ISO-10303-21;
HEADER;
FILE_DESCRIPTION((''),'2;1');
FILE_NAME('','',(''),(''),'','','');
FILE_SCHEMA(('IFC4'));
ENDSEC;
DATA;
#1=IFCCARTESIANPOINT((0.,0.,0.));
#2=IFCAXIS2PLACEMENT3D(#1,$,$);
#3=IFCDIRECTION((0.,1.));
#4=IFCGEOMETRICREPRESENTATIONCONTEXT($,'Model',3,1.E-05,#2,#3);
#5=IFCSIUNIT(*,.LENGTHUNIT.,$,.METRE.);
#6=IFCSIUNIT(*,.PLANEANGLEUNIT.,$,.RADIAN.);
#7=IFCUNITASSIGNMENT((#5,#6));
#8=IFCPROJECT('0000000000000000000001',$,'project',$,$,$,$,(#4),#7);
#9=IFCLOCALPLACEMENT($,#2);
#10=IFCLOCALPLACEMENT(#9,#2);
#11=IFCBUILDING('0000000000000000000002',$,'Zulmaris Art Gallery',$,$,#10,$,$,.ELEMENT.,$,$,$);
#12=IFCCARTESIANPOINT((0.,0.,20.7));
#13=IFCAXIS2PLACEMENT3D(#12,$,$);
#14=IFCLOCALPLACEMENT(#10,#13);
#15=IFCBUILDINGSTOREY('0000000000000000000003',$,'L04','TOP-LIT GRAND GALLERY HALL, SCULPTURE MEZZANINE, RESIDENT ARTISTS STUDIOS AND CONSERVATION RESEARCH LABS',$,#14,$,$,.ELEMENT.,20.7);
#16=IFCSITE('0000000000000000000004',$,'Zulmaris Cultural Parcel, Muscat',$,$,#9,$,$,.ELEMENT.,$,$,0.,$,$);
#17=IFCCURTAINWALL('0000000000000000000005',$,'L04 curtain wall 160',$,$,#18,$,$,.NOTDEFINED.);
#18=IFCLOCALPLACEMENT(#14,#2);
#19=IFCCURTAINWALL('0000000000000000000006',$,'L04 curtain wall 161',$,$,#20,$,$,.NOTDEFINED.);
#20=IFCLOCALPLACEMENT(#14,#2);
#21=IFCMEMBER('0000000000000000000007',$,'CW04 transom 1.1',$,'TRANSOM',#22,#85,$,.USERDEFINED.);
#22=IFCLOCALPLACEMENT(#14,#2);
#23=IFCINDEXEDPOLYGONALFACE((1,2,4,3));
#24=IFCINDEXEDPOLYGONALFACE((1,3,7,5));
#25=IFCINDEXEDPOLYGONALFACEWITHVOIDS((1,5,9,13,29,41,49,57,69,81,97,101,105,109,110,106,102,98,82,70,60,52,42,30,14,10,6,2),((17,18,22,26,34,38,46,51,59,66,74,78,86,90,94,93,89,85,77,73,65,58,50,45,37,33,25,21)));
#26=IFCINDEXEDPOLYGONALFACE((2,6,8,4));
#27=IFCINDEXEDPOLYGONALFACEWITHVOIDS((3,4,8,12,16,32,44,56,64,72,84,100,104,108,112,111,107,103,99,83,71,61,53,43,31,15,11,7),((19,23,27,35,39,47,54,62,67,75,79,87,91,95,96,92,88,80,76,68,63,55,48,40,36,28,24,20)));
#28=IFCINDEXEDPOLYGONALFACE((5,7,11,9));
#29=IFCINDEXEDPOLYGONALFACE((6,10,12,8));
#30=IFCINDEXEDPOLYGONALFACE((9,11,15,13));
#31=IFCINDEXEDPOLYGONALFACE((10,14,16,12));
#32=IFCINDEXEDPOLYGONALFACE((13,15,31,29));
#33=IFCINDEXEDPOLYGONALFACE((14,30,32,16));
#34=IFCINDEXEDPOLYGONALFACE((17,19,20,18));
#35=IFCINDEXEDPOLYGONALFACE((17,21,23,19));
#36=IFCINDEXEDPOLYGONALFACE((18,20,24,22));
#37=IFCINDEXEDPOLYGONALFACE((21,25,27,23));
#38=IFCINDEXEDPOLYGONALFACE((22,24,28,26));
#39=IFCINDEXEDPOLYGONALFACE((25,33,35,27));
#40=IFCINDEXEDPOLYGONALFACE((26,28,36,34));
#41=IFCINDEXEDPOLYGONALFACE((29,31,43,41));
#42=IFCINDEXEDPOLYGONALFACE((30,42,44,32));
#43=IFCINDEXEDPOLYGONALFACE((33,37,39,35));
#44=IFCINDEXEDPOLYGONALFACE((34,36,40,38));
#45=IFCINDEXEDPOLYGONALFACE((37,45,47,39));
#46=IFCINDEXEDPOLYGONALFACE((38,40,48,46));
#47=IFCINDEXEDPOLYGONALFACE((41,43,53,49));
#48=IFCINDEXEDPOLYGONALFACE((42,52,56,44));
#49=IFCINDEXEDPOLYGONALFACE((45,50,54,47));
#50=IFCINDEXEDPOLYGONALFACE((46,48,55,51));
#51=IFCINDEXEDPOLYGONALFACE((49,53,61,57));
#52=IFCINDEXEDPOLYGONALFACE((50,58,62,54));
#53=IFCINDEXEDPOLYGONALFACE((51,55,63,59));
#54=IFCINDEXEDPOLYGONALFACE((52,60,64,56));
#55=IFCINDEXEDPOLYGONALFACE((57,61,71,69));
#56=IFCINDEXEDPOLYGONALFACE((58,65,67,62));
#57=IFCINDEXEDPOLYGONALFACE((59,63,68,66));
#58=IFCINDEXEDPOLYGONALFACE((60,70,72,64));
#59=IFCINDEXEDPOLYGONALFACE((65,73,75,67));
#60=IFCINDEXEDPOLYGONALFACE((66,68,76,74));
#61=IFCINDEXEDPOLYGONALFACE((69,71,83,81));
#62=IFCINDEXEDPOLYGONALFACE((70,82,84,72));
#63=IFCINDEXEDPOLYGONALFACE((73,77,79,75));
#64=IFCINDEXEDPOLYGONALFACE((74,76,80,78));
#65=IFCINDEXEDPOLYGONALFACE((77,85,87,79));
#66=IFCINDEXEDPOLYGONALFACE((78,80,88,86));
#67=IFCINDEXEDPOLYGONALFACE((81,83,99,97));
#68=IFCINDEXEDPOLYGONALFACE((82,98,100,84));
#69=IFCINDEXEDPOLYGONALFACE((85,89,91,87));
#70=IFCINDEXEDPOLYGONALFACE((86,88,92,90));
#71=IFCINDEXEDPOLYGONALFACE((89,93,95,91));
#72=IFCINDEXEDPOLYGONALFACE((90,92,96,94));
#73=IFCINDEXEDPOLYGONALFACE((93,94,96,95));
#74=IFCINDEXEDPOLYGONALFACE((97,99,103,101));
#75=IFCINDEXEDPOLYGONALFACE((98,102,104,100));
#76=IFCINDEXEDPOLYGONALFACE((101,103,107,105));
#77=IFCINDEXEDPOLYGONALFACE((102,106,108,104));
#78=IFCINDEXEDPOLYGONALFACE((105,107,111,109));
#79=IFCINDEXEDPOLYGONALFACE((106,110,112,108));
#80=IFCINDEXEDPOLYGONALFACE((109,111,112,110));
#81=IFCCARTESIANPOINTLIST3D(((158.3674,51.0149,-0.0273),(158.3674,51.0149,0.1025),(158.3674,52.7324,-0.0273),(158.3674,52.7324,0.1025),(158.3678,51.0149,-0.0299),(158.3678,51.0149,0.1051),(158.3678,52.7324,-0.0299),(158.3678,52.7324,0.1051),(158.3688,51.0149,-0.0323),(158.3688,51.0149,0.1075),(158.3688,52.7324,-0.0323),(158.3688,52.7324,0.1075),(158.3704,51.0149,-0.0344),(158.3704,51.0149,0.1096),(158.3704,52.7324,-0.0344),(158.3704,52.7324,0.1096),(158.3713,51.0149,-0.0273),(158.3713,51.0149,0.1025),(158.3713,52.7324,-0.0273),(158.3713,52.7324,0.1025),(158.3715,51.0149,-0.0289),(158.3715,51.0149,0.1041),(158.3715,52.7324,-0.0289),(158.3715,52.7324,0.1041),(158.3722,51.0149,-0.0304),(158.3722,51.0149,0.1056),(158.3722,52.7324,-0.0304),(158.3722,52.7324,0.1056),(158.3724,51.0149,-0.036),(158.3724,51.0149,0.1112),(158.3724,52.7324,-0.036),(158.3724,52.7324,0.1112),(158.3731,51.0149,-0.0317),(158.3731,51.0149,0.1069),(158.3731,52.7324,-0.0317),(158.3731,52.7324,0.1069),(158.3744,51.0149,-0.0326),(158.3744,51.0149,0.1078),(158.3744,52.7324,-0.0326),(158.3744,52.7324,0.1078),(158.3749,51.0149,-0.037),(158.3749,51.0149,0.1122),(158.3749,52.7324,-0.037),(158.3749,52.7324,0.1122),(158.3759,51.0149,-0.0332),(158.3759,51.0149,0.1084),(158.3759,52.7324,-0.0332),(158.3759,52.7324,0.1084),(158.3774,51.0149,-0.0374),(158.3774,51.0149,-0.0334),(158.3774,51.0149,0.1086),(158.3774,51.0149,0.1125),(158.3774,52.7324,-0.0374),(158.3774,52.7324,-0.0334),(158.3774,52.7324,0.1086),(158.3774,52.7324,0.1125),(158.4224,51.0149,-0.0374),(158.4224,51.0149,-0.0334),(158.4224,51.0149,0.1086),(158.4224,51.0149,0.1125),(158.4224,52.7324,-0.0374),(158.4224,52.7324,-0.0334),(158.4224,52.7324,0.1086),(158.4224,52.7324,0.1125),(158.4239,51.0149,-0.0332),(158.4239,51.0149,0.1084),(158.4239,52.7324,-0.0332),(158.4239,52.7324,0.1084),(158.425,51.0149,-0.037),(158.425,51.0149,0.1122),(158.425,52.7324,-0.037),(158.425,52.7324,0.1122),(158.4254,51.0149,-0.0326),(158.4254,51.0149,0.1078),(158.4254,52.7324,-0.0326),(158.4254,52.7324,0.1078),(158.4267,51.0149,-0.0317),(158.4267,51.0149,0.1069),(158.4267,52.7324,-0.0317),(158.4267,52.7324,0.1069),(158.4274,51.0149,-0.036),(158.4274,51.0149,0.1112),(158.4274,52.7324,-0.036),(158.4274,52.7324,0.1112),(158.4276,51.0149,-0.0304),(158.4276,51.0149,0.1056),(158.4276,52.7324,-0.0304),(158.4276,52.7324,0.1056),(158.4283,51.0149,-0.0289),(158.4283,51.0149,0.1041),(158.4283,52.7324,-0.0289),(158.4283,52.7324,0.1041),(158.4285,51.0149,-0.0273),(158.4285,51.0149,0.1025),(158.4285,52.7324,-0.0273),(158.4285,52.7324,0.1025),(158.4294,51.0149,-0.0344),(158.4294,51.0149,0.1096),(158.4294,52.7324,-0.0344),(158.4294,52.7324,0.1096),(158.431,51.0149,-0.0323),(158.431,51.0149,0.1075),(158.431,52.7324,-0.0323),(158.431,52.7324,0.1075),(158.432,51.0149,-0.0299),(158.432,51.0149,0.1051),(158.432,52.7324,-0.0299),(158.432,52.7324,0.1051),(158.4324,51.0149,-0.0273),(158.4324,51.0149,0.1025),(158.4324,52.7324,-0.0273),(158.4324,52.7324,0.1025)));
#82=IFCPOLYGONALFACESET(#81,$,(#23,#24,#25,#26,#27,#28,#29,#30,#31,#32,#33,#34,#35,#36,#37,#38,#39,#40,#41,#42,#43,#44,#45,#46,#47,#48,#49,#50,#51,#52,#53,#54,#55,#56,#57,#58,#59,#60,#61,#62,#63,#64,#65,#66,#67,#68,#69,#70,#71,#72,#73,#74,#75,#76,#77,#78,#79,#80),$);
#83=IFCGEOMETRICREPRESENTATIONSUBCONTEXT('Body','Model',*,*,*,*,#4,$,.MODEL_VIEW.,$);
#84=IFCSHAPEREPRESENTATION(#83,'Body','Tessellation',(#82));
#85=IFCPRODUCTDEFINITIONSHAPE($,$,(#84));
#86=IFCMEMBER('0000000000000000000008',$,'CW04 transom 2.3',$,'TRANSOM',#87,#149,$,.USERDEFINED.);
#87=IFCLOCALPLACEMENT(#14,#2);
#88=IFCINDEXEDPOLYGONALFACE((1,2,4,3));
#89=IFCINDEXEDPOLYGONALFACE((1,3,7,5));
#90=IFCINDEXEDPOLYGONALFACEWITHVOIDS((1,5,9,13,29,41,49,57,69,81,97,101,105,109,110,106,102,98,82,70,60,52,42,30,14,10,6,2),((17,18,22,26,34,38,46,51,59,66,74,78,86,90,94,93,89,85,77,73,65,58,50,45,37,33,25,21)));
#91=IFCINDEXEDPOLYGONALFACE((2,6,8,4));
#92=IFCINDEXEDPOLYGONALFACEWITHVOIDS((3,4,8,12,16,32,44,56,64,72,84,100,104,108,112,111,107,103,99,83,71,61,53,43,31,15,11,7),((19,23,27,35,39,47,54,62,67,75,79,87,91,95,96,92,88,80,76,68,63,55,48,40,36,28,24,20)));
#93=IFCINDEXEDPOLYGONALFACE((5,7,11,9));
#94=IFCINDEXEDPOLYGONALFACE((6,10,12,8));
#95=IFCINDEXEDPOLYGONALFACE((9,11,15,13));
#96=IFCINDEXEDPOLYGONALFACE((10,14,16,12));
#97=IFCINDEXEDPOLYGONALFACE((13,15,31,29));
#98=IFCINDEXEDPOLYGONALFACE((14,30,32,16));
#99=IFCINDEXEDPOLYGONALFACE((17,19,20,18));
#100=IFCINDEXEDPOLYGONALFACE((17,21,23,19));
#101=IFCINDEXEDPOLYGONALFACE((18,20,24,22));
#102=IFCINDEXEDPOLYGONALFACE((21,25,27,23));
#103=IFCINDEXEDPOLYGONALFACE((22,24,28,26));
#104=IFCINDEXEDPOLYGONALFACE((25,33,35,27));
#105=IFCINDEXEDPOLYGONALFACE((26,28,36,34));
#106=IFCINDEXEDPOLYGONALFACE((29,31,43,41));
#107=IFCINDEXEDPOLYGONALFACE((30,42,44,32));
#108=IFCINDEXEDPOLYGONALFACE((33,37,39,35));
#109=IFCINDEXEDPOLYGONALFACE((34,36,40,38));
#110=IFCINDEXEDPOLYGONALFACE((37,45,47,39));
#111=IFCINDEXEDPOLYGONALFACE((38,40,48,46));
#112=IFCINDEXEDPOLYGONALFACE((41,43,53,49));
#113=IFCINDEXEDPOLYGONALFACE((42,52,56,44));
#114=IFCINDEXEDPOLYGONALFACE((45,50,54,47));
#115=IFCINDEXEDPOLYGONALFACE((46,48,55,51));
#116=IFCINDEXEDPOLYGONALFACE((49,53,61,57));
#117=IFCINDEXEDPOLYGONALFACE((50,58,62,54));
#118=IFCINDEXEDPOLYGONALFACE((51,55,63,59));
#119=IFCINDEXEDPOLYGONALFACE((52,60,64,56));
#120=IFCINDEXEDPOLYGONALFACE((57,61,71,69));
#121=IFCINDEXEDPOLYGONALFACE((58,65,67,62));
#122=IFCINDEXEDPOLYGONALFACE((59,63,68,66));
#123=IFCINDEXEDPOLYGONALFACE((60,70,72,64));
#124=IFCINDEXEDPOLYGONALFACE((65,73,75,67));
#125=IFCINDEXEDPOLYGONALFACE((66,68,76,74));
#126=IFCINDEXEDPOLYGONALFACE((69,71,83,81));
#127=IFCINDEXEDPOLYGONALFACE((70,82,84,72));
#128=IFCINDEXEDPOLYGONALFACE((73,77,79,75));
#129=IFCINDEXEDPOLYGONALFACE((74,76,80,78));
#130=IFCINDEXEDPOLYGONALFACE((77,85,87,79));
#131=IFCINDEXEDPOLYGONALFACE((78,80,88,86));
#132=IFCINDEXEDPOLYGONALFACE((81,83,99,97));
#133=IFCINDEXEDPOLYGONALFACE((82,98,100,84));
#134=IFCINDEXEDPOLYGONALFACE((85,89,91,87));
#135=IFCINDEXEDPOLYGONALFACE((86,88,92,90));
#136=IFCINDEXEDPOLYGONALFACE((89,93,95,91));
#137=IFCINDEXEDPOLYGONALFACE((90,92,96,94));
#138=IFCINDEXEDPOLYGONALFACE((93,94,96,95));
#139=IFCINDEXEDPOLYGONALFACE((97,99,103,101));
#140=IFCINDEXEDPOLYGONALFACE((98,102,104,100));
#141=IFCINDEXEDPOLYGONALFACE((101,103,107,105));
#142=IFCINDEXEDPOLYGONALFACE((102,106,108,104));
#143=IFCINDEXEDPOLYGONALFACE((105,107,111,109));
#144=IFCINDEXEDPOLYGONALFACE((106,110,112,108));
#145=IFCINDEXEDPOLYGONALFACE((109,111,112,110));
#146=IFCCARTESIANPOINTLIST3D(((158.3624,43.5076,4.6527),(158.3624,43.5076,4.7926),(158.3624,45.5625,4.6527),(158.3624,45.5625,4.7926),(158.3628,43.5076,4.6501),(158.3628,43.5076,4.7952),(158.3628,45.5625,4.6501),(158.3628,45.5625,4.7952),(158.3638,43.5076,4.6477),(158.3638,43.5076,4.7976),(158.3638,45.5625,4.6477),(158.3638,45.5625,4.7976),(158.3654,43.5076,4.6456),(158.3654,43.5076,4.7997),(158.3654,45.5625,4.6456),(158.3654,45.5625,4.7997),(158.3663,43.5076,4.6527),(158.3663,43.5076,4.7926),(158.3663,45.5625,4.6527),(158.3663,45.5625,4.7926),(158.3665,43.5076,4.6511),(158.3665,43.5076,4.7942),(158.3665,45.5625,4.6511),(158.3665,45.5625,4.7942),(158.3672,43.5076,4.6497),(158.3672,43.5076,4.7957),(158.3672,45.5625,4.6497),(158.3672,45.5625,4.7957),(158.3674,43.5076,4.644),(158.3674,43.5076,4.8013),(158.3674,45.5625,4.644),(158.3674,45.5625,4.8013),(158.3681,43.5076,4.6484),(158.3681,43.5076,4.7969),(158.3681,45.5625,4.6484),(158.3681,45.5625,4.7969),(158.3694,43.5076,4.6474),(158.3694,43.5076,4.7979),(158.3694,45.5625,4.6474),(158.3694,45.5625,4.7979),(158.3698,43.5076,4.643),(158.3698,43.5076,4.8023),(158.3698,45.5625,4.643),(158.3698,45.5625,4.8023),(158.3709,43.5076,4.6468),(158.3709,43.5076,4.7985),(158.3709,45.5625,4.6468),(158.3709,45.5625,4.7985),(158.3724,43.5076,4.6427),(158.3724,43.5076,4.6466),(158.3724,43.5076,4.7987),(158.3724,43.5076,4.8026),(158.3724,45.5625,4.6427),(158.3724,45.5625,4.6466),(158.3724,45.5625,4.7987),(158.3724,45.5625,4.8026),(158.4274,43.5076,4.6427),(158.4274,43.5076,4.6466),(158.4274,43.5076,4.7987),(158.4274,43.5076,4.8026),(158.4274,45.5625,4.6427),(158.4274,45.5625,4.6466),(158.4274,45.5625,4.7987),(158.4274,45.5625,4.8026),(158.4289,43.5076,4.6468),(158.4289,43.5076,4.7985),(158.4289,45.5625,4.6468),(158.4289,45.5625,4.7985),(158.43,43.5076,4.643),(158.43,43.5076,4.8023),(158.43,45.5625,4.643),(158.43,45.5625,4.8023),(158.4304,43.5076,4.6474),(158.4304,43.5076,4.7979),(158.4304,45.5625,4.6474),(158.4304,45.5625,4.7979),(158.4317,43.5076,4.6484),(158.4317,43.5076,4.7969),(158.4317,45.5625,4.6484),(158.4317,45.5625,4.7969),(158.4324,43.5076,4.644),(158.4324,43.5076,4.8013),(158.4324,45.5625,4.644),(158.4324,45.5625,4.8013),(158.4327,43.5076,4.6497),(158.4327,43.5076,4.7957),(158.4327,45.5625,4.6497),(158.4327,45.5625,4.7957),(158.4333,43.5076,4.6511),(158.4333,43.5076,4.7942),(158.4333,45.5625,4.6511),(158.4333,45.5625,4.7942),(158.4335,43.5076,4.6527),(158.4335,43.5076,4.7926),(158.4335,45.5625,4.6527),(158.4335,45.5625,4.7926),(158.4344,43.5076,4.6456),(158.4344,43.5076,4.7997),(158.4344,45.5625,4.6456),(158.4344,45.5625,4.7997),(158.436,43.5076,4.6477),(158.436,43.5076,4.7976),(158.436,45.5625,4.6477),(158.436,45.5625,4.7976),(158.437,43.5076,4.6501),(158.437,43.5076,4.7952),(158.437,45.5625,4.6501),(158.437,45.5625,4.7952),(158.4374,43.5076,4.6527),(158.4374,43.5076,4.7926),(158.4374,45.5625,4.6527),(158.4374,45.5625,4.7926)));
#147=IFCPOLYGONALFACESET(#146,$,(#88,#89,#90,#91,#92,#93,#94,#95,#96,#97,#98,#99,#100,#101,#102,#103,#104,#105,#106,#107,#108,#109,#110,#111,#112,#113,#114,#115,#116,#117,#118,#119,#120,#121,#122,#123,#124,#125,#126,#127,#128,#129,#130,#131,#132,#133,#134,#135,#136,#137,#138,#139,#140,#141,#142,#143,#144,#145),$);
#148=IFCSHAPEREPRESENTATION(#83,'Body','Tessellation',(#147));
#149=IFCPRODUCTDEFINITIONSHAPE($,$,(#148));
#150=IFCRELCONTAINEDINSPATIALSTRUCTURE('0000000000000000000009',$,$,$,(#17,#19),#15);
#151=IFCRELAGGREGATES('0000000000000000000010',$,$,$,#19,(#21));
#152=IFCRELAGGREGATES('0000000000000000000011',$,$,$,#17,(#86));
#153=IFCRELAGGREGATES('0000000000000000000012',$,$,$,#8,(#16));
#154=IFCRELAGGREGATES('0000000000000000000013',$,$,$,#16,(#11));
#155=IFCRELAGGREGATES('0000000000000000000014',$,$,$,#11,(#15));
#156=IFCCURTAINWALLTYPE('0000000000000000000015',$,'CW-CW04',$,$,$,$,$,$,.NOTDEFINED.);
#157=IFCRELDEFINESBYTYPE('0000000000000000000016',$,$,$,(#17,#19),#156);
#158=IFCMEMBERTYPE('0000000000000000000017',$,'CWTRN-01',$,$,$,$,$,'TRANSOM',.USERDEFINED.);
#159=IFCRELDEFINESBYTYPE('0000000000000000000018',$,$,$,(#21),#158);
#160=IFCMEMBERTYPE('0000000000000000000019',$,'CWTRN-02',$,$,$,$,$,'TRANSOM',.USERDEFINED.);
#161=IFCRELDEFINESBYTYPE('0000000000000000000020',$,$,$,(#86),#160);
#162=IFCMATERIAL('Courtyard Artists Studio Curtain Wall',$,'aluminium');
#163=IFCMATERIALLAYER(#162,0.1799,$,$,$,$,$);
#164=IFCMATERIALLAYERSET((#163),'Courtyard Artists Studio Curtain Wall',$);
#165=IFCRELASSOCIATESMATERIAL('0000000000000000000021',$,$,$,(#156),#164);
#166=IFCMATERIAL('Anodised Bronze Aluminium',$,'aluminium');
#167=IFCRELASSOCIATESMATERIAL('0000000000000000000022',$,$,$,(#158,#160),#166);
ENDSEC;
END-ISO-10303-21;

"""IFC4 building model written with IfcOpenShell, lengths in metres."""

from ifc_helpers import new_model, si_unit, direction, frame, origin, origin_2d, place, context, subcontext, project, spatial, hollow_rectangle, extrude, material, layer, layer_set, material_profile, profile_set, type_object, element, aggregate, save


model = new_model("IFC4")

# Units and contexts
model_context = context("Model", 3, precision=1e-05, world=origin(), true_north=direction((0.0, 1.0)))
body_context = subcontext(model_context, "Body", "Model", "MODEL_VIEW")
ifc_project = project(units=[si_unit("LENGTHUNIT", "METRE"), si_unit("PLANEANGLEUNIT", "RADIAN")], contexts=[model_context])

# Site, building, storey
site_placement = place(None, origin())
site = spatial("IfcSite", under=ifc_project, at=site_placement, Name="Zulmaris Cultural Parcel, Muscat", CompositionType="ELEMENT", RefElevation=0.0)
building_placement = place(site_placement, origin())
building = spatial("IfcBuilding", under=site, at=building_placement, Name="Zulmaris Art Gallery", CompositionType="ELEMENT")
storey_placement = place(building_placement, frame((0.0, 0.0, 20.7)))
storey = spatial("IfcBuildingStorey", under=building, at=storey_placement, Name="L04", Description="TOP-LIT GRAND GALLERY HALL, SCULPTURE MEZZANINE, RESIDENT ARTISTS STUDIOS AND CONSERVATION RESEARCH LABS", CompositionType="ELEMENT", Elevation=20.7)

# Curtain walls, member
ifc_material_1 = material(Name="Courtyard Artists Studio Curtain Wall", Category="aluminium")
ifc_layer_1 = layer(ifc_material_1, 0.1799)
ifc_layer_set_1 = layer_set([ifc_layer_1], Name="Courtyard Artists Studio Curtain Wall")
curtain_wall_type = type_object("IfcCurtainWallType", Name="CW-CW04", PredefinedType="NOTDEFINED", material=ifc_layer_set_1)
curtain_wall_1_placement = place(storey_placement, origin())
curtain_wall_1 = element("IfcCurtainWall", 1, at=curtain_wall_1_placement, inside=storey, type_object=curtain_wall_type, Name="L04 curtain wall 160", PredefinedType="NOTDEFINED")
ifc_material_2 = material(Name="Anodised Bronze Aluminium", Category="aluminium")
curtain_wall_2_placement = place(storey_placement, origin())
curtain_wall_2 = element("IfcCurtainWall", 2, at=curtain_wall_2_placement, inside=storey, type_object=curtain_wall_type, Name="L04 curtain wall 161", PredefinedType="NOTDEFINED")
ifc_material_profile_1 = material_profile(ifc_material_2, hollow_rectangle(XDim=0.0649, YDim=0.1499, WallThickness=0.0039, InnerFilletRadius=0.0061, OuterFilletRadius=0.01, at=origin_2d()), Name="ALU 65x150x4")
ifc_profile_set_1 = profile_set([ifc_material_profile_1], Name="Anodised Bronze Aluminium")
member_type_1 = type_object("IfcMemberType", Name="CWTRN-01", ElementType="TRANSOM", PredefinedType="USERDEFINED", material=ifc_profile_set_1)
member_1_placement = place(storey_placement, frame((158.3999, 51.0149, 0.0376), z_axis=(0.0, 1.0, 0.0), x_axis=(-1.0, 0.0, 0.0)))
member_1 = element("IfcMember", 3, at=member_1_placement, type_object=member_type_1, Name="CW04 transom 1.1", ObjectType="TRANSOM", PredefinedType="USERDEFINED", context=body_context, shape_type="SweptSolid", body=[
    extrude(hollow_rectangle(XDim=0.0649, YDim=0.1499, WallThickness=0.0039, InnerFilletRadius=0.0061, OuterFilletRadius=0.01, at=origin_2d()), origin(), (0.0, 0.0, 1.0), 1.7175),
])
aggregate(curtain_wall_2, [member_1])

# Member
ifc_material_profile_2 = material_profile(ifc_material_2, hollow_rectangle(XDim=0.075, YDim=0.1599, WallThickness=0.0039, InnerFilletRadius=0.0061, OuterFilletRadius=0.01, at=origin_2d()), Name="ALU 75x160x4")
ifc_profile_set_2 = profile_set([ifc_material_profile_2], Name="Anodised Bronze Aluminium")
member_type_2 = type_object("IfcMemberType", Name="CWTRN-02", ElementType="TRANSOM", PredefinedType="USERDEFINED", material=ifc_profile_set_2)
member_2_placement = place(storey_placement, frame((158.3999, 43.5076, 4.7227), z_axis=(0.0, 1.0, 0.0), x_axis=(-1.0, 0.0, 0.0)))
member_2 = element("IfcMember", 4, at=member_2_placement, type_object=member_type_2, Name="CW04 transom 2.3", ObjectType="TRANSOM", PredefinedType="USERDEFINED", context=body_context, shape_type="SweptSolid", body=[
    extrude(hollow_rectangle(XDim=0.075, YDim=0.1599, WallThickness=0.0039, InnerFilletRadius=0.0061, OuterFilletRadius=0.01, at=origin_2d()), origin(), (0.0, 0.0, 1.0), 2.0549),
])

aggregate(curtain_wall_1, [member_2])

save(model, "model.ifc")
